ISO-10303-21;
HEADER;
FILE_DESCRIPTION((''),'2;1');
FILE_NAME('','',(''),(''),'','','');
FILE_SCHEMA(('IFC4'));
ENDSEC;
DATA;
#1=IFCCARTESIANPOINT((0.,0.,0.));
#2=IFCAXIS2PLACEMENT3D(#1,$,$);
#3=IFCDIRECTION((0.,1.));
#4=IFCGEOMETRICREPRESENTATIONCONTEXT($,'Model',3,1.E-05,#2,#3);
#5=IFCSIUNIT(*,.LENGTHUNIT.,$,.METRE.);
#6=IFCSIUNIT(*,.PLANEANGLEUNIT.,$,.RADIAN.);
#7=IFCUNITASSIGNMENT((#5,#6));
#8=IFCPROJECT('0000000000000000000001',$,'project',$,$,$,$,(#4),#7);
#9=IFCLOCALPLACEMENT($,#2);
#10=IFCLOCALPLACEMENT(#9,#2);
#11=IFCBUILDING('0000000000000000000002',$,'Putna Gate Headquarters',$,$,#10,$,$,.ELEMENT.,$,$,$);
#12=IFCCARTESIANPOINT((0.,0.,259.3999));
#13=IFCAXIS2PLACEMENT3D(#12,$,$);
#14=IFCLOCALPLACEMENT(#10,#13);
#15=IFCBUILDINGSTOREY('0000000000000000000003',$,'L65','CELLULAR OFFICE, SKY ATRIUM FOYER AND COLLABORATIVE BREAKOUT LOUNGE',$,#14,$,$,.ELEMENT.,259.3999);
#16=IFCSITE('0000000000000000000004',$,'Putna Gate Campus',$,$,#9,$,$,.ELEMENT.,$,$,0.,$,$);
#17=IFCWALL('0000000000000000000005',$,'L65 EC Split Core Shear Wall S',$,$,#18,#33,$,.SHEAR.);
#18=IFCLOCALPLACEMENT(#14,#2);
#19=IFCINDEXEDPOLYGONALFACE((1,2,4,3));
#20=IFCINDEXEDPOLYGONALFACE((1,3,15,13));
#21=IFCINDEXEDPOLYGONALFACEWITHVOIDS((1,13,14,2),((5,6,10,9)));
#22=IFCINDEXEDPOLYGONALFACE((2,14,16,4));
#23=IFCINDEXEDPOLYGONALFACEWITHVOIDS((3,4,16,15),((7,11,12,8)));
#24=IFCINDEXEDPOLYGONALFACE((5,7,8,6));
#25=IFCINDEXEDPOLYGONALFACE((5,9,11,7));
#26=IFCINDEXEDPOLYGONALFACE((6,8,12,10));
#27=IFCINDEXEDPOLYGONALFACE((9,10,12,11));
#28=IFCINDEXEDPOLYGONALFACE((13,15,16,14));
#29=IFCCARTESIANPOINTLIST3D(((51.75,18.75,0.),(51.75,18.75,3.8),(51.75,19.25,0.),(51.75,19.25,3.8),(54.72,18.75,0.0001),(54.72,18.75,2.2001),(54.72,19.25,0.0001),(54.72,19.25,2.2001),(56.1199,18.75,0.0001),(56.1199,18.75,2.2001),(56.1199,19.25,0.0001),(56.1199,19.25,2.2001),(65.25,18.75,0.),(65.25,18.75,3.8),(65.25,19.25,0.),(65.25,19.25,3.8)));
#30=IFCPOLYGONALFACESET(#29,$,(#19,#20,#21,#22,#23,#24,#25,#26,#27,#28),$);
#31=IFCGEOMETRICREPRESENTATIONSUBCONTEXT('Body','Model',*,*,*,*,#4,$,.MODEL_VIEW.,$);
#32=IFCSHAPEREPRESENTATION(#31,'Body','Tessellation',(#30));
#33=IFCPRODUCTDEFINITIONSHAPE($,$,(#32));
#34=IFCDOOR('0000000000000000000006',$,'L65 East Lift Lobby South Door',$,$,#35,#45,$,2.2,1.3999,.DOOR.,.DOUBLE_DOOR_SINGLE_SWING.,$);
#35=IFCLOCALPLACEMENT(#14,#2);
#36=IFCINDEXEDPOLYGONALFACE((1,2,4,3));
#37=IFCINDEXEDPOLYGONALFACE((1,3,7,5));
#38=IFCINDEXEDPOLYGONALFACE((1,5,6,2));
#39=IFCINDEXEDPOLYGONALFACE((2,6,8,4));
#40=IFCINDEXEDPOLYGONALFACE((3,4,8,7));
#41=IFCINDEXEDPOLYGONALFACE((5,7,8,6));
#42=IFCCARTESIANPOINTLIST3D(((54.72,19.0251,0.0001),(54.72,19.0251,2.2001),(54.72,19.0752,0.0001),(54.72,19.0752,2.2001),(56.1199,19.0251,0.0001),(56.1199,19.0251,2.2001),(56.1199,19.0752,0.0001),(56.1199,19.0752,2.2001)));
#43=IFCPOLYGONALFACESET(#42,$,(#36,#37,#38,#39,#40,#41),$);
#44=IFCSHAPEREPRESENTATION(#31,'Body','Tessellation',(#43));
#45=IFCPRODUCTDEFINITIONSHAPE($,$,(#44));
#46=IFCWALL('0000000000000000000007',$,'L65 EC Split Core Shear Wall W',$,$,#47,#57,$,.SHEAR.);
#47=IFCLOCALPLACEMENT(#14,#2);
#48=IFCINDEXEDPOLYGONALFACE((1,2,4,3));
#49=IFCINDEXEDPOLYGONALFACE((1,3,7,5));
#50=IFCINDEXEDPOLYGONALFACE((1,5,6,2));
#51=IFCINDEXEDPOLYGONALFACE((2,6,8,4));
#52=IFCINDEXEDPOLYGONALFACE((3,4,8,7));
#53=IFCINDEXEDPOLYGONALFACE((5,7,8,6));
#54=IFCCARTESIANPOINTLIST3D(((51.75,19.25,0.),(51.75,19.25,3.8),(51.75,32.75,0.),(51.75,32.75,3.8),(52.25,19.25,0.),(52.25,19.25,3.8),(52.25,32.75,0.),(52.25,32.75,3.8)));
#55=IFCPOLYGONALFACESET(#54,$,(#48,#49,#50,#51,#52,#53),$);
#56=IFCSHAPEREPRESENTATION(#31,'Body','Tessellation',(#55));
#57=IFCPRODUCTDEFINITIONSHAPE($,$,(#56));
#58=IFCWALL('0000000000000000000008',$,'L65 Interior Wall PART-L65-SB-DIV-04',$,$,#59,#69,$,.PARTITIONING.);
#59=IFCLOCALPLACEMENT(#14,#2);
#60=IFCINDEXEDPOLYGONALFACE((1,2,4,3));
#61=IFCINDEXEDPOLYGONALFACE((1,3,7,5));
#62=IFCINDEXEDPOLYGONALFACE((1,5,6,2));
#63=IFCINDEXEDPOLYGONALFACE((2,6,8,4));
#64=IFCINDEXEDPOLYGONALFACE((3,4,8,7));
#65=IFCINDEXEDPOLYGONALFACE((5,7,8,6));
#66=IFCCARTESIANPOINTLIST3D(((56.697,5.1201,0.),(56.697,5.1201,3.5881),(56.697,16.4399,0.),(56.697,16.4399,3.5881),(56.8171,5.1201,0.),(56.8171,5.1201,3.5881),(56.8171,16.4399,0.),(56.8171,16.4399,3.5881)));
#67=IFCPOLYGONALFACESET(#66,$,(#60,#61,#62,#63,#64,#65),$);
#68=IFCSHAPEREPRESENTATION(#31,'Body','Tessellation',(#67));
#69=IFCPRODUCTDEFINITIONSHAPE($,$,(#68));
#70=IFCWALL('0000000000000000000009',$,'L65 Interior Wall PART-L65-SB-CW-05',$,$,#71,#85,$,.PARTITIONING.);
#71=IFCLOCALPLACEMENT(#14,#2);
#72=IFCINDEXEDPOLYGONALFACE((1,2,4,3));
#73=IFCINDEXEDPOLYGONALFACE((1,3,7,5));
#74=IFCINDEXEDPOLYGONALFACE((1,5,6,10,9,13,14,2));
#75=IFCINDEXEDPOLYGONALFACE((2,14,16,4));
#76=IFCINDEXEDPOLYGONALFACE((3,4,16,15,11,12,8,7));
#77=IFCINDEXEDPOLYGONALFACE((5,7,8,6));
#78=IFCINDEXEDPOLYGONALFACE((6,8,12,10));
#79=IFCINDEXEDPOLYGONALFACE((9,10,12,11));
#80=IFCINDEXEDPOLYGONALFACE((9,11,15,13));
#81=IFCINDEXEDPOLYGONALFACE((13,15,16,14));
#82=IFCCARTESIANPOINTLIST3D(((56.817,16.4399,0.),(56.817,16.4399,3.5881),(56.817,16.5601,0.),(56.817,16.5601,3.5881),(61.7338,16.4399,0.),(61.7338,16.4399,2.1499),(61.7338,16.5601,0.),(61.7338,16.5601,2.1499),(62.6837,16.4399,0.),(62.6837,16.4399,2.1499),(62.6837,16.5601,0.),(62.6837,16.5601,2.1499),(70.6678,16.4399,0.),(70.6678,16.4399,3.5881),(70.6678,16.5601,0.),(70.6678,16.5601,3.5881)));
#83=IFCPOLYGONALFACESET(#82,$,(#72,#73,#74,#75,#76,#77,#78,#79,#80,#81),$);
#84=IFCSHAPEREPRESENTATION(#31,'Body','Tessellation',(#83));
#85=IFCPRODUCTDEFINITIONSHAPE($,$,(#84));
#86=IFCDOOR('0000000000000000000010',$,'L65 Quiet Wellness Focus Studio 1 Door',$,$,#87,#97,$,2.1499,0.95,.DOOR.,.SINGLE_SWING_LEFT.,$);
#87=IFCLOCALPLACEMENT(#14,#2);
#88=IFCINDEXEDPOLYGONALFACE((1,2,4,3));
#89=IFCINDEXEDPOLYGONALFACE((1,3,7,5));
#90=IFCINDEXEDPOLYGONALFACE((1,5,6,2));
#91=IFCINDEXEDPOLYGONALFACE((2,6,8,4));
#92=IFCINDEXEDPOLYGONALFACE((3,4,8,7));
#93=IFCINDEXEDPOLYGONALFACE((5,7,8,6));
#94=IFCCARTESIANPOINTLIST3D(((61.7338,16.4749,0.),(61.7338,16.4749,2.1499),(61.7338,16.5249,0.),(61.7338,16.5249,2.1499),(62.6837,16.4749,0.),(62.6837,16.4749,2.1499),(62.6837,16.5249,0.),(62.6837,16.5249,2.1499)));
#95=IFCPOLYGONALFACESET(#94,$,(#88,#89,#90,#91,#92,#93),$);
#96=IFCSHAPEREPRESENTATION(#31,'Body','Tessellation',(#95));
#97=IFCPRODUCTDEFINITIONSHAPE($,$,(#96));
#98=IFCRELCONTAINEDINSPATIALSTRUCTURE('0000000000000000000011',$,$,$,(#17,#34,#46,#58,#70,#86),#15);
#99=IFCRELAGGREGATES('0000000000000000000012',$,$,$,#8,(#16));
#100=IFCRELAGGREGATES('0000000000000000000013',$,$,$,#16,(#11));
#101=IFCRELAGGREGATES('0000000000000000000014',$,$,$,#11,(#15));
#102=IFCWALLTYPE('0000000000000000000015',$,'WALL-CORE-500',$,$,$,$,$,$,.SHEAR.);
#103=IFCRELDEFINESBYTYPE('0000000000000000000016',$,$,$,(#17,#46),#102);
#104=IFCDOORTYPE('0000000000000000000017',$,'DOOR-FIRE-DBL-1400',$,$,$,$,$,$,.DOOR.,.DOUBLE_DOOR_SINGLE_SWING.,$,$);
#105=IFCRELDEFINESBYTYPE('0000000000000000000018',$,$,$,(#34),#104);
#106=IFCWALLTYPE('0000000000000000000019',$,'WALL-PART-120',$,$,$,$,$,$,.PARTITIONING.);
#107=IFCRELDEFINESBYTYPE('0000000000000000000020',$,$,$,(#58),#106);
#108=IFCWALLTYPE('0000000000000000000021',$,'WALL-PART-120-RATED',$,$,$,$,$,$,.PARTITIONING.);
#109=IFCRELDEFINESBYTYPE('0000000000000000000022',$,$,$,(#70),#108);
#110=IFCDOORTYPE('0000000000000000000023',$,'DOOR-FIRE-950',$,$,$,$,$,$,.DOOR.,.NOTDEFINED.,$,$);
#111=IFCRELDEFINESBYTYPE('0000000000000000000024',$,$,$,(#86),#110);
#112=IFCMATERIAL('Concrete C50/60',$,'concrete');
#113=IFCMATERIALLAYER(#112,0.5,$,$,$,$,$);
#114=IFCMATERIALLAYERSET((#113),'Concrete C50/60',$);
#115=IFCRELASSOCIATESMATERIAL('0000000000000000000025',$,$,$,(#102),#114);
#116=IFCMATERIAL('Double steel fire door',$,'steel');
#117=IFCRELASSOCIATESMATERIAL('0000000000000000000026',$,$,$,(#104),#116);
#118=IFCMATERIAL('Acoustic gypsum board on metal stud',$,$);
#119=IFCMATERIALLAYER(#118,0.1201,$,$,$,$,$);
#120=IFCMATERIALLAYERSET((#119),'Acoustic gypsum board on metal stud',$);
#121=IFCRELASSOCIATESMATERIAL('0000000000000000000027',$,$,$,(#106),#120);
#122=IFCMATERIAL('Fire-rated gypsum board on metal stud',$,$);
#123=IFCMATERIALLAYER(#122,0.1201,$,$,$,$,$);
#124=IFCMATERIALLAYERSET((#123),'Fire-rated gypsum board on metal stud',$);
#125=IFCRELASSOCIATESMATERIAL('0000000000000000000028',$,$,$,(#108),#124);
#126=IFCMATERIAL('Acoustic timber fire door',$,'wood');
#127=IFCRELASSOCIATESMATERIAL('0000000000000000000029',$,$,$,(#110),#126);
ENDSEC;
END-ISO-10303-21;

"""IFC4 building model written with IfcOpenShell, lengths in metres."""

from ifc_helpers import new_model, si_unit, direction, frame, frame_2d, origin, place, context, subcontext, project, spatial, rectangle, extrude, material, layer, layer_set, type_object, element, fill, save


model = new_model("IFC4")

# Units and contexts
model_context = context("Model", 3, precision=1e-05, world=origin(), true_north=direction((0.0, 1.0)))
body_context = subcontext(model_context, "Body", "Model", "MODEL_VIEW")
ifc_project = project(units=[si_unit("LENGTHUNIT", "METRE"), si_unit("PLANEANGLEUNIT", "RADIAN")], contexts=[model_context])

# Site, building, storey
site_placement = place(None, origin())
site = spatial("IfcSite", under=ifc_project, at=site_placement, Name="Putna Gate Campus", CompositionType="ELEMENT", RefElevation=0.0)
building_placement = place(site_placement, origin())
building = spatial("IfcBuilding", under=site, at=building_placement, Name="Putna Gate Headquarters", CompositionType="ELEMENT")
storey_placement = place(building_placement, frame((0.0, 0.0, 259.3999)))
storey = spatial("IfcBuildingStorey", under=building, at=storey_placement, Name="L65", Description="CELLULAR OFFICE, SKY ATRIUM FOYER AND COLLABORATIVE BREAKOUT LOUNGE", CompositionType="ELEMENT", Elevation=259.3999)

# Wall, opening, door
ifc_material_1 = material(Name="Concrete C50/60", Category="concrete")
ifc_layer_1 = layer(ifc_material_1, 0.5)
ifc_layer_set_1 = layer_set([ifc_layer_1], Name="Concrete C50/60")
wall_type_1 = type_object("IfcWallType", Name="WALL-CORE-500", PredefinedType="SHEAR", material=ifc_layer_set_1)
wall_1_placement = place(storey_placement, frame((51.75, 19.0, 0.0), z_axis=(0.0, 0.0, 1.0), x_axis=(1.0, 0.0, 0.0)))
wall_1 = element("IfcWall", 1, at=wall_1_placement, inside=storey, type_object=wall_type_1, Name="L65 EC Split Core Shear Wall S", PredefinedType="SHEAR", context=body_context, shape_type="SweptSolid", body=[
    extrude(rectangle(XDim=13.5, YDim=0.5, at=frame_2d((6.75, 0.0))), origin(), (0.0, 0.0, 1.0), 3.8),
])
opening_1_placement = place(wall_1_placement, frame((2.97, 0.0, 0.0)))
opening_1 = element("IfcOpeningElement", 2, at=opening_1_placement, cuts=wall_1, PredefinedType="OPENING", context=body_context, shape_type="SweptSolid", body=[
    extrude(rectangle(XDim=1.3999, YDim=2.2, at=frame_2d((0.7, 1.1001))), frame((0.0, 0.26, 0.0), z_axis=(0.0, -1.0, 0.0), x_axis=(1.0, 0.0, 0.0)), (0.0, 0.0, 1.0), 0.52),
])
ifc_material_2 = material(Name="Double steel fire door", Category="steel")
door_type_1 = type_object("IfcDoorType", Name="DOOR-FIRE-DBL-1400", OperationType="DOUBLE_DOOR_SINGLE_SWING", PredefinedType="DOOR", material=ifc_material_2)
door_1_placement = place(opening_1_placement, origin())
door_1 = element("IfcDoor", 3, at=door_1_placement, inside=storey, type_object=door_type_1, Name="L65 East Lift Lobby South Door", OperationType="DOUBLE_DOOR_SINGLE_SWING", OverallHeight=2.2, OverallWidth=1.3999, PredefinedType="DOOR", context=body_context, shape_type="SweptSolid", body=[
    extrude(rectangle(XDim=1.3999, YDim=2.2, at=frame_2d((0.7, 1.1001))), frame((0.0, 0.0752, 0.0), z_axis=(0.0, -1.0, 0.0), x_axis=(1.0, 0.0, 0.0)), (0.0, 0.0, 1.0), 0.05),
])
fill(opening_1, door_1)

# Walls
wall_2_placement = place(storey_placement, frame((52.0, 19.25, 0.0), z_axis=(0.0, 0.0, 1.0), x_axis=(0.0, 1.0, 0.0)))
element("IfcWall", 4, at=wall_2_placement, inside=storey, type_object=wall_type_1, Name="L65 EC Split Core Shear Wall W", PredefinedType="SHEAR", context=body_context, shape_type="SweptSolid", body=[
    extrude(rectangle(XDim=13.5, YDim=0.5, at=frame_2d((6.75, 0.0))), origin(), (0.0, 0.0, 1.0), 3.8),
])
ifc_material_3 = material(Name="Acoustic gypsum board on metal stud")
ifc_layer_2 = layer(ifc_material_3, 0.1201)
ifc_layer_set_2 = layer_set([ifc_layer_2], Name="Acoustic gypsum board on metal stud")
wall_type_2 = type_object("IfcWallType", Name="WALL-PART-120", PredefinedType="PARTITIONING", material=ifc_layer_set_2)
wall_3_placement = place(storey_placement, frame((56.7571, 5.1201, 0.0), z_axis=(0.0, 0.0, 1.0), x_axis=(0.0, 1.0, 0.0)))
element("IfcWall", 5, at=wall_3_placement, inside=storey, type_object=wall_type_2, Name="L65 Interior Wall PART-L65-SB-DIV-04", PredefinedType="PARTITIONING", context=body_context, shape_type="SweptSolid", body=[
    extrude(rectangle(XDim=11.3198, YDim=0.1201, at=frame_2d((5.6599, 0.0))), origin(), (0.0, 0.0, 1.0), 3.5881),
])

# Wall, opening, door
ifc_material_4 = material(Name="Fire-rated gypsum board on metal stud")
ifc_layer_3 = layer(ifc_material_4, 0.1201)
ifc_layer_set_3 = layer_set([ifc_layer_3], Name="Fire-rated gypsum board on metal stud")
wall_type_3 = type_object("IfcWallType", Name="WALL-PART-120-RATED", PredefinedType="PARTITIONING", material=ifc_layer_set_3)
wall_4_placement = place(storey_placement, frame((56.8171, 16.5, 0.0), z_axis=(0.0, 0.0, 1.0), x_axis=(1.0, 0.0, 0.0)))
wall_4 = element("IfcWall", 6, at=wall_4_placement, inside=storey, type_object=wall_type_3, Name="L65 Interior Wall PART-L65-SB-CW-05", PredefinedType="PARTITIONING", context=body_context, shape_type="SweptSolid", body=[
    extrude(rectangle(XDim=13.8508, YDim=0.1201, at=frame_2d((6.9253, 0.0))), origin(), (0.0, 0.0, 1.0), 3.5881),
])
opening_2_placement = place(wall_4_placement, frame((4.9165, 0.0, 0.0)))
opening_2 = element("IfcOpeningElement", 7, at=opening_2_placement, cuts=wall_4, PredefinedType="OPENING", context=body_context, shape_type="SweptSolid", body=[
    extrude(rectangle(XDim=0.95, YDim=2.1499, at=frame_2d((0.4751, 1.075))), frame((0.0, 0.0701, 0.0), z_axis=(0.0, -1.0, 0.0), x_axis=(1.0, 0.0, 0.0)), (0.0, 0.0, 1.0), 0.1401),
])
ifc_material_5 = material(Name="Acoustic timber fire door", Category="wood")
door_type_2 = type_object("IfcDoorType", Name="DOOR-FIRE-950", OperationType="NOTDEFINED", PredefinedType="DOOR", material=ifc_material_5)
door_2_placement = place(opening_2_placement, origin())
door_2 = element("IfcDoor", 8, at=door_2_placement, inside=storey, type_object=door_type_2, Name="L65 Quiet Wellness Focus Studio 1 Door", OperationType="SINGLE_SWING_LEFT", OverallHeight=2.1499, OverallWidth=0.95, PredefinedType="DOOR", context=body_context, shape_type="SweptSolid", body=[
    extrude(rectangle(XDim=0.95, YDim=2.1499, at=frame_2d((0.4751, 1.075))), frame((0.0, 0.0249, 0.0), z_axis=(0.0, -1.0, 0.0), x_axis=(1.0, 0.0, 0.0)), (0.0, 0.0, 1.0), 0.05),
])
fill(opening_2, door_2)

save(model, "model.ifc")
